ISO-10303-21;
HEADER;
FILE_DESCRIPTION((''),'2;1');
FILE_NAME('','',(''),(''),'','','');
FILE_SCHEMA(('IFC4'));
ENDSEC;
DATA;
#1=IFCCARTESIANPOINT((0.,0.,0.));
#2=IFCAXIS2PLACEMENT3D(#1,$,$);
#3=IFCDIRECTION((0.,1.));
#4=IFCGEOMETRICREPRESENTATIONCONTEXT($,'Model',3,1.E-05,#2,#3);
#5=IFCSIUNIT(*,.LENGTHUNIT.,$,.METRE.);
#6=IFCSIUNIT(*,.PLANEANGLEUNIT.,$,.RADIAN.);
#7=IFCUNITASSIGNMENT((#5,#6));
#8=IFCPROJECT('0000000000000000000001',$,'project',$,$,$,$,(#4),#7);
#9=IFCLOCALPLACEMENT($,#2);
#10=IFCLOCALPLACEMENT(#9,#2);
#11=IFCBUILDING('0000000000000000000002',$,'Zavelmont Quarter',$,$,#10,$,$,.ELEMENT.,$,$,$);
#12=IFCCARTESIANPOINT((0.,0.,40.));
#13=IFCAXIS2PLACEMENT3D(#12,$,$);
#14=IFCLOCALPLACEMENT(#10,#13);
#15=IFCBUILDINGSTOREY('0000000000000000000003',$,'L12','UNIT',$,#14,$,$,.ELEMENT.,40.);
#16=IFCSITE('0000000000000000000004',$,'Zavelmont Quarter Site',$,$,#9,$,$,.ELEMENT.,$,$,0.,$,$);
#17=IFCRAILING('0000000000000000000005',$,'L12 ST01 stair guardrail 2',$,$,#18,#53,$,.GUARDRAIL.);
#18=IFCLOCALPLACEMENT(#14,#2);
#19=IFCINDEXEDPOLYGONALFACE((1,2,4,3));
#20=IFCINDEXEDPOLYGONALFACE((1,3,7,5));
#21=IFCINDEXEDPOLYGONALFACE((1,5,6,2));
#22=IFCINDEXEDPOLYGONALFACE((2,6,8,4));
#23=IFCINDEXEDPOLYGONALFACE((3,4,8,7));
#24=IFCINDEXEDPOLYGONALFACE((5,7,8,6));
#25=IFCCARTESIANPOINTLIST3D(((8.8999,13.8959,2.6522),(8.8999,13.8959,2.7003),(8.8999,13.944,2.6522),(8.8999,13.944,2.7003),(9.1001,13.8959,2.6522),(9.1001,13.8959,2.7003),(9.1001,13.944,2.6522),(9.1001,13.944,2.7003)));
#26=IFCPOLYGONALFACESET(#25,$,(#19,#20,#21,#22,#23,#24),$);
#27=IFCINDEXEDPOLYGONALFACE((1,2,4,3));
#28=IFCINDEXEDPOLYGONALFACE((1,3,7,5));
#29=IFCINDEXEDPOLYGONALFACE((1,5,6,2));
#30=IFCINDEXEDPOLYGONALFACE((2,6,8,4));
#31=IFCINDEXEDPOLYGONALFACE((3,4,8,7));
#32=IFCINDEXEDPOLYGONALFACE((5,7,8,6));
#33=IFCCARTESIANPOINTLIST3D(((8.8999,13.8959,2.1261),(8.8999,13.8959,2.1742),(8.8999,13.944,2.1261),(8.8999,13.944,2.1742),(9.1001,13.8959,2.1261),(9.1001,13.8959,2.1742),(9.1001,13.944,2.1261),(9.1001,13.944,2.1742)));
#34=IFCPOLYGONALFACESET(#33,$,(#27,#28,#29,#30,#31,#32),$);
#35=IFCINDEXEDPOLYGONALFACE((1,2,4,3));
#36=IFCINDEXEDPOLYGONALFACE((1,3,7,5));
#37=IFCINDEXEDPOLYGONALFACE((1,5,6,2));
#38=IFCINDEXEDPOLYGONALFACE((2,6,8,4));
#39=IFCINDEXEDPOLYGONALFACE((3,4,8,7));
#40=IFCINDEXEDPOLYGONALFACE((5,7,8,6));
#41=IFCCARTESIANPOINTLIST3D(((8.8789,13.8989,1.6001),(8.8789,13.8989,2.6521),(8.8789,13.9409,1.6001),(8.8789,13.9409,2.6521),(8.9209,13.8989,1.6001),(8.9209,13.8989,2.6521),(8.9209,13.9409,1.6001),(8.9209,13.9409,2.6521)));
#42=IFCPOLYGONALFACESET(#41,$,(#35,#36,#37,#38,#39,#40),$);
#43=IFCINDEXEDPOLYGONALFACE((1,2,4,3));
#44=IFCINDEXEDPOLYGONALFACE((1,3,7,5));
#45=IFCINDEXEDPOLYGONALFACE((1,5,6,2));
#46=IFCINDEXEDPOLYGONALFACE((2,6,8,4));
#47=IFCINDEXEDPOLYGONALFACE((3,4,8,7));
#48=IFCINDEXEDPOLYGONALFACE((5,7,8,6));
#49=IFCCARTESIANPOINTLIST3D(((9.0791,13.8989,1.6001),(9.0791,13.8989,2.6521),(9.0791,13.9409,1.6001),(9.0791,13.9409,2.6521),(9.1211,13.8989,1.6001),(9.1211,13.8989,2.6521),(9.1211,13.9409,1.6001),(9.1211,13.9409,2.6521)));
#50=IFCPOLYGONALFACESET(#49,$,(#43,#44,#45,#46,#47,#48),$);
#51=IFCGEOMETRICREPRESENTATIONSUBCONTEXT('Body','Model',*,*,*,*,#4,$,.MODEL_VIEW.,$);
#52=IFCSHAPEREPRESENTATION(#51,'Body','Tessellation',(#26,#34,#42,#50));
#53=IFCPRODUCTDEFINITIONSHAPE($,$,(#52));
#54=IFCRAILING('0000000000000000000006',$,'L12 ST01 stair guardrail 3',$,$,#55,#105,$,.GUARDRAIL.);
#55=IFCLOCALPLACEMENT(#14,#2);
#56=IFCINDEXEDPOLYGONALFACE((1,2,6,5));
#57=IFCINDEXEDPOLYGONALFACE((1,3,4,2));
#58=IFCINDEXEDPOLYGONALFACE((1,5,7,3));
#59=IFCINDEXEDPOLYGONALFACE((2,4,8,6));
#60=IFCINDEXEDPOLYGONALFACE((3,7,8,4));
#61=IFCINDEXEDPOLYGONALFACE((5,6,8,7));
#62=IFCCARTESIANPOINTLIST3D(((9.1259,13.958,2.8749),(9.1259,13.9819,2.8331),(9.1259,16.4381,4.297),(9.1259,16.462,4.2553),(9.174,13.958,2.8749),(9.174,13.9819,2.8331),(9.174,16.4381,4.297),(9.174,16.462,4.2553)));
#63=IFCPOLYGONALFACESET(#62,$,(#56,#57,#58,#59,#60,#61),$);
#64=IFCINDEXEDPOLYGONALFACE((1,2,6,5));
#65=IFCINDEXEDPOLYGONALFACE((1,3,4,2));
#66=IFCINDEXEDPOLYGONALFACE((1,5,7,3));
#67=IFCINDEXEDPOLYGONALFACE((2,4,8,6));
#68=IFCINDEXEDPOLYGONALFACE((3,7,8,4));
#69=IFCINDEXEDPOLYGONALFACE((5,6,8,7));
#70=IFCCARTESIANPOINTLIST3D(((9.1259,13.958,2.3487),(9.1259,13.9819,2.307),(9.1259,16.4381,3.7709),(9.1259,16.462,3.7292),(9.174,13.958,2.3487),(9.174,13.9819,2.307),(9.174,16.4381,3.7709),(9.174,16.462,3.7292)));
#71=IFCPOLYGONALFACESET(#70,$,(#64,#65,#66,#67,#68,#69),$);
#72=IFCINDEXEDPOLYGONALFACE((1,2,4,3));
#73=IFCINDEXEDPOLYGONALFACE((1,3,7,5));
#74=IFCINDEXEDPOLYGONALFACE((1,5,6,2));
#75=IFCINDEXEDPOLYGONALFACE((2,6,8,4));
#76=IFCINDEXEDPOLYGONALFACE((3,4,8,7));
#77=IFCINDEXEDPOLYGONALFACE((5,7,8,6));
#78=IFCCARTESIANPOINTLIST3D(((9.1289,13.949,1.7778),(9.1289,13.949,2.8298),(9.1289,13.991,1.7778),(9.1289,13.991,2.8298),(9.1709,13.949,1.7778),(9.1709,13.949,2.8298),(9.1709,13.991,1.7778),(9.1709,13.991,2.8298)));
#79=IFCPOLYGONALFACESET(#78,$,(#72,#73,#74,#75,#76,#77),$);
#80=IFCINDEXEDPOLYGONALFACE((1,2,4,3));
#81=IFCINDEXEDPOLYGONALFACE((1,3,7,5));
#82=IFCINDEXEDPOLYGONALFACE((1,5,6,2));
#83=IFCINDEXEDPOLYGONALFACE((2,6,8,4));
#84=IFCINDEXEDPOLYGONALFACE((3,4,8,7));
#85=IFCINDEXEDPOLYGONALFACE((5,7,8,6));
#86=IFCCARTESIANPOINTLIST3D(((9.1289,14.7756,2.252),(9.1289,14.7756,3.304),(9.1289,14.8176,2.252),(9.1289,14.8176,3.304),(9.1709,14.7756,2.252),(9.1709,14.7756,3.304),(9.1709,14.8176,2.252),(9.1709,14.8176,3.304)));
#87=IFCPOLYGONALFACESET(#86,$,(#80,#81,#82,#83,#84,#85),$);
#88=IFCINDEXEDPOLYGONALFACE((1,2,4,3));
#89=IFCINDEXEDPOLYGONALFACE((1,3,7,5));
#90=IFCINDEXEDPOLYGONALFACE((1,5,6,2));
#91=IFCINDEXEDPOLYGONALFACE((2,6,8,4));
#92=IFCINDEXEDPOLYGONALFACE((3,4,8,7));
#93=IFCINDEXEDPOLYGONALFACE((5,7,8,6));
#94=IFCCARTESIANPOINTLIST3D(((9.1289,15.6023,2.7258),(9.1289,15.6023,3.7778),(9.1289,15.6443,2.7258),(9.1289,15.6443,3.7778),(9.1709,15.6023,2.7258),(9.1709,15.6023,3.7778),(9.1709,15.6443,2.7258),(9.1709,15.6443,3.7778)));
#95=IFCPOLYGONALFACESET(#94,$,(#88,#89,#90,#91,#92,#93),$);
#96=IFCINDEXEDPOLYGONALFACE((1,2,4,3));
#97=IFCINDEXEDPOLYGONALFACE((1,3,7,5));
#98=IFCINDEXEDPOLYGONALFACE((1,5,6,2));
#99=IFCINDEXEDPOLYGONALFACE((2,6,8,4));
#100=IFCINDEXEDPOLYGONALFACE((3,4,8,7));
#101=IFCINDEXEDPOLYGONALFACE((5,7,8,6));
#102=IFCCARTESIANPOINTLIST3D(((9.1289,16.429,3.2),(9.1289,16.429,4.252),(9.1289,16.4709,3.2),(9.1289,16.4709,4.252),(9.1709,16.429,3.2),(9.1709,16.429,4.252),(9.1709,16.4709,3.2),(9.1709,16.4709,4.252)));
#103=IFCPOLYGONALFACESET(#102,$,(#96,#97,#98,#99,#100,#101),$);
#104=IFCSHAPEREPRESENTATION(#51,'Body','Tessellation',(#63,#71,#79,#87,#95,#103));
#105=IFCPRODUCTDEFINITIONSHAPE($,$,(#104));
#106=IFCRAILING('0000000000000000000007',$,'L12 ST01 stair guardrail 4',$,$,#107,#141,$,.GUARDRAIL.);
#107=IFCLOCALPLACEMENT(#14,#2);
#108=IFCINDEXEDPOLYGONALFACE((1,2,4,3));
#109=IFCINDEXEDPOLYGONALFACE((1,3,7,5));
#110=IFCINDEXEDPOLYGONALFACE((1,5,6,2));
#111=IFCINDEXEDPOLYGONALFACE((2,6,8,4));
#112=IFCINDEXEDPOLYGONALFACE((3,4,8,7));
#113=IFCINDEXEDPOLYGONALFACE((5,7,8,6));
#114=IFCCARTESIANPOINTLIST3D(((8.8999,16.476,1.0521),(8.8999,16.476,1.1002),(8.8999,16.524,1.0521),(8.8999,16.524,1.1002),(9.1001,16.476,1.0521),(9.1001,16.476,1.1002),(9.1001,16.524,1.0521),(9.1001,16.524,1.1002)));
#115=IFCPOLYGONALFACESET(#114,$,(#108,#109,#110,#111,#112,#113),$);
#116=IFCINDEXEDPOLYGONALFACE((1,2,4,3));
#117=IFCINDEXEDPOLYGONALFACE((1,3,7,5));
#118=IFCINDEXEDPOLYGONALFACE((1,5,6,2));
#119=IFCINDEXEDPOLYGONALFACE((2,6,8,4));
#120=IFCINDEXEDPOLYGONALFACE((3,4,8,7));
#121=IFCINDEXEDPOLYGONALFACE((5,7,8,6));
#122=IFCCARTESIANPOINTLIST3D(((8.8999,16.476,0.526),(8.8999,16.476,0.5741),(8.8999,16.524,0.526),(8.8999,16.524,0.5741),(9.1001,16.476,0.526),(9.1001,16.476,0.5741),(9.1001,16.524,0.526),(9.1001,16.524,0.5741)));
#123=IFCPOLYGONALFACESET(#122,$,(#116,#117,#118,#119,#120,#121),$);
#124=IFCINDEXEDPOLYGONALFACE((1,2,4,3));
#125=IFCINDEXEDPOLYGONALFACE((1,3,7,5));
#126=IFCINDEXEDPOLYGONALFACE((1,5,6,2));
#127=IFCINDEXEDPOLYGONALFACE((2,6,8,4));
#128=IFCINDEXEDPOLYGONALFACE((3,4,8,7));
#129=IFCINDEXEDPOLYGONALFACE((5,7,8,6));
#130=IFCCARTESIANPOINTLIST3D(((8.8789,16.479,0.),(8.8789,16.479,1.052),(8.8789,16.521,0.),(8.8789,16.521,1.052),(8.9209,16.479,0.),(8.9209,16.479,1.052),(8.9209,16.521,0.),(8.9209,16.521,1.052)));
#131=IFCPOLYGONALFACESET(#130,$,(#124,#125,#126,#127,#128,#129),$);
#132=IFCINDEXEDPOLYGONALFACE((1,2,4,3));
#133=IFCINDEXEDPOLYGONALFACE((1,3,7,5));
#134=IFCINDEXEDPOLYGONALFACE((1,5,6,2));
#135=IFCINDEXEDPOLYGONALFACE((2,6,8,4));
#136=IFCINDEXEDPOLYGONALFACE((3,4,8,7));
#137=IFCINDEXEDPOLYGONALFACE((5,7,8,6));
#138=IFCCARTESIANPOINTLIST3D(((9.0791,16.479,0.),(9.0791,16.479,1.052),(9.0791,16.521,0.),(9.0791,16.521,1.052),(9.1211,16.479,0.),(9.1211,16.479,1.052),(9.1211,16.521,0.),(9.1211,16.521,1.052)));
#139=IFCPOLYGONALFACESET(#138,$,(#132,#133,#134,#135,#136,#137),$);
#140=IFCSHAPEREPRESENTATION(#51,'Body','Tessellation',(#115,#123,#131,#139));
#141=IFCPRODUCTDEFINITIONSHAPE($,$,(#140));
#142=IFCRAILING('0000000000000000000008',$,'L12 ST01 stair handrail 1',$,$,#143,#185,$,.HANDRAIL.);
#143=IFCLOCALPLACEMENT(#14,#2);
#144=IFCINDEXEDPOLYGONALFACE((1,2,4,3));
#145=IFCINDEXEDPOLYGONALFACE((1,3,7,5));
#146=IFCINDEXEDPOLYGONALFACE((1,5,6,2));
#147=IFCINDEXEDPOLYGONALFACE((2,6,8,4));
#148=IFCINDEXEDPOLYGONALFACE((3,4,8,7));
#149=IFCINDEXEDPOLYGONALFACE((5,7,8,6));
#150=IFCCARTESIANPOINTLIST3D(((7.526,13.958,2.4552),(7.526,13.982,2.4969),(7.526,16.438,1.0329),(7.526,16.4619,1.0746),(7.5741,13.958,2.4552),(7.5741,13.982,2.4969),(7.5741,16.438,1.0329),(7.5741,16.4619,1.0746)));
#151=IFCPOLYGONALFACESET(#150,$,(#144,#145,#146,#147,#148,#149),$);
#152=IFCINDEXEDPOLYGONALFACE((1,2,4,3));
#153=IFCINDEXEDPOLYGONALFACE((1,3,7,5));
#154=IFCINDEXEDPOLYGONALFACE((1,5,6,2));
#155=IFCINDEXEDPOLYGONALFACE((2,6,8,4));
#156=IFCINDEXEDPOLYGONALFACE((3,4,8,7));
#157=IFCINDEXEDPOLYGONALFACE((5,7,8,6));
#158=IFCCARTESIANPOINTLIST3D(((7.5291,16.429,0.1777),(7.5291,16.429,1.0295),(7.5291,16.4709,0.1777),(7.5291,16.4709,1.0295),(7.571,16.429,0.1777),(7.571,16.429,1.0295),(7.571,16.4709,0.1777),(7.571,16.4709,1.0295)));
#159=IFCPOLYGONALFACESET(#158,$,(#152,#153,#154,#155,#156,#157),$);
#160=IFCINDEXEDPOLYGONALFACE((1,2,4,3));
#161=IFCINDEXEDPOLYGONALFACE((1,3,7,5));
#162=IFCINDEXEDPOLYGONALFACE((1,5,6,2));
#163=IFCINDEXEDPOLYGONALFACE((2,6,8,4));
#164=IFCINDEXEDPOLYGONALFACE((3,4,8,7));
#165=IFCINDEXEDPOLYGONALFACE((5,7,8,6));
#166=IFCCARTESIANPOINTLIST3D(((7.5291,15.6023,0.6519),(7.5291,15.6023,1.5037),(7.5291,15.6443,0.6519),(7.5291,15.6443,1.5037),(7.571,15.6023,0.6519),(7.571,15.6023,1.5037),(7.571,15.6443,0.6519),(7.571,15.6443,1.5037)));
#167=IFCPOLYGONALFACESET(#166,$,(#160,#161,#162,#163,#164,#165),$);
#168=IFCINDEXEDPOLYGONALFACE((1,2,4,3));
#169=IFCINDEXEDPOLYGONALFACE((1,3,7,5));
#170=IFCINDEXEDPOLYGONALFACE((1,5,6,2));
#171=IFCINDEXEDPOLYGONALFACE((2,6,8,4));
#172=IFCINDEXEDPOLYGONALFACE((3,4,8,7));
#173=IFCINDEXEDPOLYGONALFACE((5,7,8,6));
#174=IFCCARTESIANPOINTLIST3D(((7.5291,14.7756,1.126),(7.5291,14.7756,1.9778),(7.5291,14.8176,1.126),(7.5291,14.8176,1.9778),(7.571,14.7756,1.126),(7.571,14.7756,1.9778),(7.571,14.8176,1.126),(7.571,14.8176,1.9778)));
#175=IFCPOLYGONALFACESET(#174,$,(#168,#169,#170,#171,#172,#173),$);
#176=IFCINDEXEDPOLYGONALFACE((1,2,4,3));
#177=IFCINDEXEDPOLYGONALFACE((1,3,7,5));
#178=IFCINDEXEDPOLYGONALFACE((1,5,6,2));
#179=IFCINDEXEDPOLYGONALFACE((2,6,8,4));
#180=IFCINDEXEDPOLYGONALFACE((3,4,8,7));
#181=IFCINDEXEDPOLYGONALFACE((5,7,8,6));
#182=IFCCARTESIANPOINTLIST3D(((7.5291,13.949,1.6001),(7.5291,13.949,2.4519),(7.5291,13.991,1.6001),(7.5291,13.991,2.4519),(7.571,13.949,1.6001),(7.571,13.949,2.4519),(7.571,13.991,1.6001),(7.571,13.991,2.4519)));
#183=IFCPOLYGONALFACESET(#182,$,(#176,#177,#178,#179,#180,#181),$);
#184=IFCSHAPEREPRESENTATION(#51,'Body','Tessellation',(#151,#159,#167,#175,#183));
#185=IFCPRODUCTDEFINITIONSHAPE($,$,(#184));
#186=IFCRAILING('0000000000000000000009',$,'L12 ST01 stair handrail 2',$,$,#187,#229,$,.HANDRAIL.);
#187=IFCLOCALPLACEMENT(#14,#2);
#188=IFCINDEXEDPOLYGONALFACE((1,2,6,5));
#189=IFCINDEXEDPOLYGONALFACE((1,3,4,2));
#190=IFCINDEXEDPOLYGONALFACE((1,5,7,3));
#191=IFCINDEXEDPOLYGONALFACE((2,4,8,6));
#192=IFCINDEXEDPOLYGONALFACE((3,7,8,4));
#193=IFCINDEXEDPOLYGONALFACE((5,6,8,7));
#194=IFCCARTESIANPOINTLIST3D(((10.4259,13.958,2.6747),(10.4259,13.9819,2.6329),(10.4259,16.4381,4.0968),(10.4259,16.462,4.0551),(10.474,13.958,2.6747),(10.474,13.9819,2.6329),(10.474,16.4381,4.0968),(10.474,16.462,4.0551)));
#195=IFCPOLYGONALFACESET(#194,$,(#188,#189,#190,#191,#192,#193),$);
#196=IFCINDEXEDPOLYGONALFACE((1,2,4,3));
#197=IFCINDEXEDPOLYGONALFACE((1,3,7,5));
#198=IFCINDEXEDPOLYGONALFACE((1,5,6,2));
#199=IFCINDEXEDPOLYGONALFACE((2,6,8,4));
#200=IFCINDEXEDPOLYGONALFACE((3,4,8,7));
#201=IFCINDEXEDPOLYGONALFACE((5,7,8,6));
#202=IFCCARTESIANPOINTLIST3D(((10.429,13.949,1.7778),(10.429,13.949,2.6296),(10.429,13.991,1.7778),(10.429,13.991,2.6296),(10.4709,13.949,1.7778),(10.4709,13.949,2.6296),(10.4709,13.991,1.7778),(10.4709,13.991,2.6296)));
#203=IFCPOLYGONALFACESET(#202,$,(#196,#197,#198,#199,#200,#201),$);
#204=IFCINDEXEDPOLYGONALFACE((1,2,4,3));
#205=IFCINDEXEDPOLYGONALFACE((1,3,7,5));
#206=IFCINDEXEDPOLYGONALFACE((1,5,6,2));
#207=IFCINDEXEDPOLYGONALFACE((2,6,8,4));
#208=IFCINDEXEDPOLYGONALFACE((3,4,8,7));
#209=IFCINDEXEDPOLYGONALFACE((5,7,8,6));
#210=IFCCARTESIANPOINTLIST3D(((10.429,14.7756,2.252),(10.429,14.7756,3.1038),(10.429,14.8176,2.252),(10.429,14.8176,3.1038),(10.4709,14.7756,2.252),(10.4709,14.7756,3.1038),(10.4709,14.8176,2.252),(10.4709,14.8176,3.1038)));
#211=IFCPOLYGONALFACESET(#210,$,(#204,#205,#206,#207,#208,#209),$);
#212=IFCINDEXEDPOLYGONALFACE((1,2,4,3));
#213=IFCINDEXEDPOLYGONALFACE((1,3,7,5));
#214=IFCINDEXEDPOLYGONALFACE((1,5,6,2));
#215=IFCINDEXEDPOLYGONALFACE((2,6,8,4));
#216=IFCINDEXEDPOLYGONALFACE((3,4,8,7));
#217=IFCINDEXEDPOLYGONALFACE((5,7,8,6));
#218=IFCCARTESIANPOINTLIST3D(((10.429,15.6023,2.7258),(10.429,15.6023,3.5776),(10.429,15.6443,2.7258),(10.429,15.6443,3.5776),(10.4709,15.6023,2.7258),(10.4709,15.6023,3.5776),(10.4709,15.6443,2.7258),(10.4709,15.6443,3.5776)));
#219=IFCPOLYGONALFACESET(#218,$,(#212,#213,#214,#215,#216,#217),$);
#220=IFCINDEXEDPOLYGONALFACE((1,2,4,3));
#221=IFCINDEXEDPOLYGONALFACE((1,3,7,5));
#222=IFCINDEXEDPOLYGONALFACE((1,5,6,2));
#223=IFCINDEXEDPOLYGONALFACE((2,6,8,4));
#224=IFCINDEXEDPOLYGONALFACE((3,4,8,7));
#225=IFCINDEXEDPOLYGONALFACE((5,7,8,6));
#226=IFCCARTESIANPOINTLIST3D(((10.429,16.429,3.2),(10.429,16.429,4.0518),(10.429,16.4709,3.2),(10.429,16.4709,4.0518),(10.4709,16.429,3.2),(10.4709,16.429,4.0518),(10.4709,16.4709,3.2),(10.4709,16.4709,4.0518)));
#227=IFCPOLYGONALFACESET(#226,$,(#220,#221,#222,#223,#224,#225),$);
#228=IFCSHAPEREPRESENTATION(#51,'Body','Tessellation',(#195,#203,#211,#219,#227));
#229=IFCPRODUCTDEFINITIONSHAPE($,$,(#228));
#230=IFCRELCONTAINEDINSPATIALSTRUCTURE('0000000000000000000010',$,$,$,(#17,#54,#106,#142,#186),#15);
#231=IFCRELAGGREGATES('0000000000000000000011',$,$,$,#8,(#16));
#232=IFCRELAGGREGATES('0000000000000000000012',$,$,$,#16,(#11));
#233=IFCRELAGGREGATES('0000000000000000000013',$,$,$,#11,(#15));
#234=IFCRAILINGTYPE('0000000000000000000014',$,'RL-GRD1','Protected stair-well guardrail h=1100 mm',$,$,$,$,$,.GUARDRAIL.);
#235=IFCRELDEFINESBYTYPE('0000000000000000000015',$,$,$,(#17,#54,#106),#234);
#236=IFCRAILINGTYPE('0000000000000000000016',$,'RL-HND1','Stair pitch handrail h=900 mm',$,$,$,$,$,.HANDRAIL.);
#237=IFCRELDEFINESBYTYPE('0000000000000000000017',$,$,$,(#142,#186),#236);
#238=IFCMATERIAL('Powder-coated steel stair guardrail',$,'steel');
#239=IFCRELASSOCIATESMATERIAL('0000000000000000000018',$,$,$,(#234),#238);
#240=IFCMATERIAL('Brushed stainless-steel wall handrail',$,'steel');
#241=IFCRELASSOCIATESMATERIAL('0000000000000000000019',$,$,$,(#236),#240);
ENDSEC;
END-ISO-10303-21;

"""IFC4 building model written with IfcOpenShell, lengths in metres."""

from ifc_helpers import new_model, si_unit, direction, frame, origin, origin_2d, place, context, subcontext, project, spatial, rectangle, extrude, material, type_object, element, save


model = new_model("IFC4")

# Units and contexts
model_context = context("Model", 3, precision=1e-05, world=origin(), true_north=direction((0.0, 1.0)))
body_context = subcontext(model_context, "Body", "Model", "MODEL_VIEW")
ifc_project = project(units=[si_unit("LENGTHUNIT", "METRE"), si_unit("PLANEANGLEUNIT", "RADIAN")], contexts=[model_context])

# Site, building, storey
site_placement = place(None, origin())
site = spatial("IfcSite", under=ifc_project, at=site_placement, Name="Zavelmont Quarter Site", CompositionType="ELEMENT", RefElevation=0.0)
building_placement = place(site_placement, origin())
building = spatial("IfcBuilding", under=site, at=building_placement, Name="Zavelmont Quarter", CompositionType="ELEMENT")
storey_placement = place(building_placement, frame((0.0, 0.0, 40.0)))
storey = spatial("IfcBuildingStorey", under=building, at=storey_placement, Name="L12", Description="UNIT", CompositionType="ELEMENT", Elevation=40.0)

# Railings
ifc_material_1 = material(Name="Powder-coated steel stair guardrail", Category="steel")
railing_type_1 = type_object("IfcRailingType", Name="RL-GRD1", Description="Protected stair-well guardrail h=1100 mm", PredefinedType="GUARDRAIL", material=ifc_material_1)
railing_1_placement = place(storey_placement, frame((8.8999, 13.9199, 1.6001)))
element("IfcRailing", 1, at=railing_1_placement, inside=storey, type_object=railing_type_1, Name="L12 ST01 stair guardrail 2", PredefinedType="GUARDRAIL", context=body_context, shape_type="SweptSolid", body=[
    extrude(rectangle(XDim=0.0481, YDim=0.0481, at=origin_2d()), frame((0.0, 0.0, 1.0762), z_axis=(1.0, 0.0, 0.0), x_axis=(0.0, 1.0, 0.0)), (0.0, 0.0, 1.0), 0.2002),
    extrude(rectangle(XDim=0.0481, YDim=0.0481, at=origin_2d()), frame((0.0, 0.0, 0.55), z_axis=(1.0, 0.0, 0.0), x_axis=(0.0, 1.0, 0.0)), (0.0, 0.0, 1.0), 0.2002),
    extrude(rectangle(XDim=0.042, YDim=0.042, at=origin_2d()), origin(), (0.0, 0.0, 1.0), 1.052),
    extrude(rectangle(XDim=0.042, YDim=0.042, at=origin_2d()), frame((0.2002, 0.0, 0.0)), (0.0, 0.0, 1.0), 1.052),
])
railing_2_placement = place(storey_placement, frame((9.1499, 13.97, 1.7778)))
element("IfcRailing", 2, at=railing_2_placement, inside=storey, type_object=railing_type_1, Name="L12 ST01 stair guardrail 3", PredefinedType="GUARDRAIL", context=body_context, shape_type="SweptSolid", body=[
    extrude(rectangle(XDim=0.0481, YDim=0.0481, at=origin_2d()), frame((0.0, 0.0, 1.0762), z_axis=(0.0, 0.867491, 0.497454), x_axis=(-1.0, 0.0, 0.0)), (0.0, 0.0, 1.0), 2.8589),
    extrude(rectangle(XDim=0.0481, YDim=0.0481, at=origin_2d()), frame((0.0, 0.0, 0.55), z_axis=(0.0, 0.867491, 0.497454), x_axis=(-1.0, 0.0, 0.0)), (0.0, 0.0, 1.0), 2.8589),
    extrude(rectangle(XDim=0.042, YDim=0.042, at=origin_2d()), origin(), (0.0, 0.0, 1.0), 1.052),
    extrude(rectangle(XDim=0.042, YDim=0.042, at=origin_2d()), frame((0.0, 0.8267, 0.4741)), (0.0, 0.0, 1.0), 1.052),
    extrude(rectangle(XDim=0.042, YDim=0.042, at=origin_2d()), frame((0.0, 1.6533, 0.948)), (0.0, 0.0, 1.0), 1.052),
    extrude(rectangle(XDim=0.042, YDim=0.042, at=origin_2d()), frame((0.0, 2.48, 1.4221)), (0.0, 0.0, 1.0), 1.052),
])
railing_3_placement = place(storey_placement, frame((8.8999, 16.5, 0.0)))
element("IfcRailing", 3, at=railing_3_placement, inside=storey, type_object=railing_type_1, Name="L12 ST01 stair guardrail 4", PredefinedType="GUARDRAIL", context=body_context, shape_type="SweptSolid", body=[
    extrude(rectangle(XDim=0.0481, YDim=0.0481, at=origin_2d()), frame((0.0, 0.0, 1.0762), z_axis=(1.0, 0.0, 0.0), x_axis=(0.0, 1.0, 0.0)), (0.0, 0.0, 1.0), 0.2002),
    extrude(rectangle(XDim=0.0481, YDim=0.0481, at=origin_2d()), frame((0.0, 0.0, 0.55), z_axis=(1.0, 0.0, 0.0), x_axis=(0.0, 1.0, 0.0)), (0.0, 0.0, 1.0), 0.2002),
    extrude(rectangle(XDim=0.042, YDim=0.042, at=origin_2d()), origin(), (0.0, 0.0, 1.0), 1.052),
    extrude(rectangle(XDim=0.042, YDim=0.042, at=origin_2d()), frame((0.2002, 0.0, 0.0)), (0.0, 0.0, 1.0), 1.052),
])
ifc_material_2 = material(Name="Brushed stainless-steel wall handrail", Category="steel")
railing_type_2 = type_object("IfcRailingType", Name="RL-HND1", Description="Stair pitch handrail h=900 mm", PredefinedType="HANDRAIL", material=ifc_material_2)
railing_4_placement = place(storey_placement, frame((7.55, 16.45, 0.1777)))
element("IfcRailing", 4, at=railing_4_placement, inside=storey, type_object=railing_type_2, Name="L12 ST01 stair handrail 1", PredefinedType="HANDRAIL", context=body_context, shape_type="SweptSolid", body=[
    extrude(rectangle(XDim=0.0481, YDim=0.0481, at=origin_2d()), frame((0.0, 0.0, 0.876), z_axis=(0.0, -0.867454, 0.497518), x_axis=(1.0, 0.0, 0.0)), (0.0, 0.0, 1.0), 2.8589),
    extrude(rectangle(XDim=0.042, YDim=0.042, at=origin_2d()), origin(), (0.0, 0.0, 1.0), 0.8518),
    extrude(rectangle(XDim=0.042, YDim=0.042, at=origin_2d()), frame((0.0, -0.8267, 0.4741)), (0.0, 0.0, 1.0), 0.8518),
    extrude(rectangle(XDim=0.042, YDim=0.042, at=origin_2d()), frame((0.0, -1.6533, 0.9482)), (0.0, 0.0, 1.0), 0.8518),
    extrude(rectangle(XDim=0.042, YDim=0.042, at=origin_2d()), frame((0.0, -2.48, 1.4224)), (0.0, 0.0, 1.0), 0.8518),
])
railing_5_placement = place(storey_placement, frame((10.45, 13.97, 1.7778)))
element("IfcRailing", 5, at=railing_5_placement, inside=storey, type_object=railing_type_2, Name="L12 ST01 stair handrail 2", PredefinedType="HANDRAIL", context=body_context, shape_type="SweptSolid", body=[
    extrude(rectangle(XDim=0.0481, YDim=0.0481, at=origin_2d()), frame((0.0, 0.0, 0.876), z_axis=(0.0, 0.867491, 0.497454), x_axis=(-1.0, 0.0, 0.0)), (0.0, 0.0, 1.0), 2.8589),
    extrude(rectangle(XDim=0.042, YDim=0.042, at=origin_2d()), origin(), (0.0, 0.0, 1.0), 0.8518),
    extrude(rectangle(XDim=0.042, YDim=0.042, at=origin_2d()), frame((0.0, 0.8267, 0.4741)), (0.0, 0.0, 1.0), 0.8518),
    extrude(rectangle(XDim=0.042, YDim=0.042, at=origin_2d()), frame((0.0, 1.6533, 0.948)), (0.0, 0.0, 1.0), 0.8518),
    extrude(rectangle(XDim=0.042, YDim=0.042, at=origin_2d()), frame((0.0, 2.48, 1.4221)), (0.0, 0.0, 1.0), 0.8518),
])

save(model, "model.ifc")
